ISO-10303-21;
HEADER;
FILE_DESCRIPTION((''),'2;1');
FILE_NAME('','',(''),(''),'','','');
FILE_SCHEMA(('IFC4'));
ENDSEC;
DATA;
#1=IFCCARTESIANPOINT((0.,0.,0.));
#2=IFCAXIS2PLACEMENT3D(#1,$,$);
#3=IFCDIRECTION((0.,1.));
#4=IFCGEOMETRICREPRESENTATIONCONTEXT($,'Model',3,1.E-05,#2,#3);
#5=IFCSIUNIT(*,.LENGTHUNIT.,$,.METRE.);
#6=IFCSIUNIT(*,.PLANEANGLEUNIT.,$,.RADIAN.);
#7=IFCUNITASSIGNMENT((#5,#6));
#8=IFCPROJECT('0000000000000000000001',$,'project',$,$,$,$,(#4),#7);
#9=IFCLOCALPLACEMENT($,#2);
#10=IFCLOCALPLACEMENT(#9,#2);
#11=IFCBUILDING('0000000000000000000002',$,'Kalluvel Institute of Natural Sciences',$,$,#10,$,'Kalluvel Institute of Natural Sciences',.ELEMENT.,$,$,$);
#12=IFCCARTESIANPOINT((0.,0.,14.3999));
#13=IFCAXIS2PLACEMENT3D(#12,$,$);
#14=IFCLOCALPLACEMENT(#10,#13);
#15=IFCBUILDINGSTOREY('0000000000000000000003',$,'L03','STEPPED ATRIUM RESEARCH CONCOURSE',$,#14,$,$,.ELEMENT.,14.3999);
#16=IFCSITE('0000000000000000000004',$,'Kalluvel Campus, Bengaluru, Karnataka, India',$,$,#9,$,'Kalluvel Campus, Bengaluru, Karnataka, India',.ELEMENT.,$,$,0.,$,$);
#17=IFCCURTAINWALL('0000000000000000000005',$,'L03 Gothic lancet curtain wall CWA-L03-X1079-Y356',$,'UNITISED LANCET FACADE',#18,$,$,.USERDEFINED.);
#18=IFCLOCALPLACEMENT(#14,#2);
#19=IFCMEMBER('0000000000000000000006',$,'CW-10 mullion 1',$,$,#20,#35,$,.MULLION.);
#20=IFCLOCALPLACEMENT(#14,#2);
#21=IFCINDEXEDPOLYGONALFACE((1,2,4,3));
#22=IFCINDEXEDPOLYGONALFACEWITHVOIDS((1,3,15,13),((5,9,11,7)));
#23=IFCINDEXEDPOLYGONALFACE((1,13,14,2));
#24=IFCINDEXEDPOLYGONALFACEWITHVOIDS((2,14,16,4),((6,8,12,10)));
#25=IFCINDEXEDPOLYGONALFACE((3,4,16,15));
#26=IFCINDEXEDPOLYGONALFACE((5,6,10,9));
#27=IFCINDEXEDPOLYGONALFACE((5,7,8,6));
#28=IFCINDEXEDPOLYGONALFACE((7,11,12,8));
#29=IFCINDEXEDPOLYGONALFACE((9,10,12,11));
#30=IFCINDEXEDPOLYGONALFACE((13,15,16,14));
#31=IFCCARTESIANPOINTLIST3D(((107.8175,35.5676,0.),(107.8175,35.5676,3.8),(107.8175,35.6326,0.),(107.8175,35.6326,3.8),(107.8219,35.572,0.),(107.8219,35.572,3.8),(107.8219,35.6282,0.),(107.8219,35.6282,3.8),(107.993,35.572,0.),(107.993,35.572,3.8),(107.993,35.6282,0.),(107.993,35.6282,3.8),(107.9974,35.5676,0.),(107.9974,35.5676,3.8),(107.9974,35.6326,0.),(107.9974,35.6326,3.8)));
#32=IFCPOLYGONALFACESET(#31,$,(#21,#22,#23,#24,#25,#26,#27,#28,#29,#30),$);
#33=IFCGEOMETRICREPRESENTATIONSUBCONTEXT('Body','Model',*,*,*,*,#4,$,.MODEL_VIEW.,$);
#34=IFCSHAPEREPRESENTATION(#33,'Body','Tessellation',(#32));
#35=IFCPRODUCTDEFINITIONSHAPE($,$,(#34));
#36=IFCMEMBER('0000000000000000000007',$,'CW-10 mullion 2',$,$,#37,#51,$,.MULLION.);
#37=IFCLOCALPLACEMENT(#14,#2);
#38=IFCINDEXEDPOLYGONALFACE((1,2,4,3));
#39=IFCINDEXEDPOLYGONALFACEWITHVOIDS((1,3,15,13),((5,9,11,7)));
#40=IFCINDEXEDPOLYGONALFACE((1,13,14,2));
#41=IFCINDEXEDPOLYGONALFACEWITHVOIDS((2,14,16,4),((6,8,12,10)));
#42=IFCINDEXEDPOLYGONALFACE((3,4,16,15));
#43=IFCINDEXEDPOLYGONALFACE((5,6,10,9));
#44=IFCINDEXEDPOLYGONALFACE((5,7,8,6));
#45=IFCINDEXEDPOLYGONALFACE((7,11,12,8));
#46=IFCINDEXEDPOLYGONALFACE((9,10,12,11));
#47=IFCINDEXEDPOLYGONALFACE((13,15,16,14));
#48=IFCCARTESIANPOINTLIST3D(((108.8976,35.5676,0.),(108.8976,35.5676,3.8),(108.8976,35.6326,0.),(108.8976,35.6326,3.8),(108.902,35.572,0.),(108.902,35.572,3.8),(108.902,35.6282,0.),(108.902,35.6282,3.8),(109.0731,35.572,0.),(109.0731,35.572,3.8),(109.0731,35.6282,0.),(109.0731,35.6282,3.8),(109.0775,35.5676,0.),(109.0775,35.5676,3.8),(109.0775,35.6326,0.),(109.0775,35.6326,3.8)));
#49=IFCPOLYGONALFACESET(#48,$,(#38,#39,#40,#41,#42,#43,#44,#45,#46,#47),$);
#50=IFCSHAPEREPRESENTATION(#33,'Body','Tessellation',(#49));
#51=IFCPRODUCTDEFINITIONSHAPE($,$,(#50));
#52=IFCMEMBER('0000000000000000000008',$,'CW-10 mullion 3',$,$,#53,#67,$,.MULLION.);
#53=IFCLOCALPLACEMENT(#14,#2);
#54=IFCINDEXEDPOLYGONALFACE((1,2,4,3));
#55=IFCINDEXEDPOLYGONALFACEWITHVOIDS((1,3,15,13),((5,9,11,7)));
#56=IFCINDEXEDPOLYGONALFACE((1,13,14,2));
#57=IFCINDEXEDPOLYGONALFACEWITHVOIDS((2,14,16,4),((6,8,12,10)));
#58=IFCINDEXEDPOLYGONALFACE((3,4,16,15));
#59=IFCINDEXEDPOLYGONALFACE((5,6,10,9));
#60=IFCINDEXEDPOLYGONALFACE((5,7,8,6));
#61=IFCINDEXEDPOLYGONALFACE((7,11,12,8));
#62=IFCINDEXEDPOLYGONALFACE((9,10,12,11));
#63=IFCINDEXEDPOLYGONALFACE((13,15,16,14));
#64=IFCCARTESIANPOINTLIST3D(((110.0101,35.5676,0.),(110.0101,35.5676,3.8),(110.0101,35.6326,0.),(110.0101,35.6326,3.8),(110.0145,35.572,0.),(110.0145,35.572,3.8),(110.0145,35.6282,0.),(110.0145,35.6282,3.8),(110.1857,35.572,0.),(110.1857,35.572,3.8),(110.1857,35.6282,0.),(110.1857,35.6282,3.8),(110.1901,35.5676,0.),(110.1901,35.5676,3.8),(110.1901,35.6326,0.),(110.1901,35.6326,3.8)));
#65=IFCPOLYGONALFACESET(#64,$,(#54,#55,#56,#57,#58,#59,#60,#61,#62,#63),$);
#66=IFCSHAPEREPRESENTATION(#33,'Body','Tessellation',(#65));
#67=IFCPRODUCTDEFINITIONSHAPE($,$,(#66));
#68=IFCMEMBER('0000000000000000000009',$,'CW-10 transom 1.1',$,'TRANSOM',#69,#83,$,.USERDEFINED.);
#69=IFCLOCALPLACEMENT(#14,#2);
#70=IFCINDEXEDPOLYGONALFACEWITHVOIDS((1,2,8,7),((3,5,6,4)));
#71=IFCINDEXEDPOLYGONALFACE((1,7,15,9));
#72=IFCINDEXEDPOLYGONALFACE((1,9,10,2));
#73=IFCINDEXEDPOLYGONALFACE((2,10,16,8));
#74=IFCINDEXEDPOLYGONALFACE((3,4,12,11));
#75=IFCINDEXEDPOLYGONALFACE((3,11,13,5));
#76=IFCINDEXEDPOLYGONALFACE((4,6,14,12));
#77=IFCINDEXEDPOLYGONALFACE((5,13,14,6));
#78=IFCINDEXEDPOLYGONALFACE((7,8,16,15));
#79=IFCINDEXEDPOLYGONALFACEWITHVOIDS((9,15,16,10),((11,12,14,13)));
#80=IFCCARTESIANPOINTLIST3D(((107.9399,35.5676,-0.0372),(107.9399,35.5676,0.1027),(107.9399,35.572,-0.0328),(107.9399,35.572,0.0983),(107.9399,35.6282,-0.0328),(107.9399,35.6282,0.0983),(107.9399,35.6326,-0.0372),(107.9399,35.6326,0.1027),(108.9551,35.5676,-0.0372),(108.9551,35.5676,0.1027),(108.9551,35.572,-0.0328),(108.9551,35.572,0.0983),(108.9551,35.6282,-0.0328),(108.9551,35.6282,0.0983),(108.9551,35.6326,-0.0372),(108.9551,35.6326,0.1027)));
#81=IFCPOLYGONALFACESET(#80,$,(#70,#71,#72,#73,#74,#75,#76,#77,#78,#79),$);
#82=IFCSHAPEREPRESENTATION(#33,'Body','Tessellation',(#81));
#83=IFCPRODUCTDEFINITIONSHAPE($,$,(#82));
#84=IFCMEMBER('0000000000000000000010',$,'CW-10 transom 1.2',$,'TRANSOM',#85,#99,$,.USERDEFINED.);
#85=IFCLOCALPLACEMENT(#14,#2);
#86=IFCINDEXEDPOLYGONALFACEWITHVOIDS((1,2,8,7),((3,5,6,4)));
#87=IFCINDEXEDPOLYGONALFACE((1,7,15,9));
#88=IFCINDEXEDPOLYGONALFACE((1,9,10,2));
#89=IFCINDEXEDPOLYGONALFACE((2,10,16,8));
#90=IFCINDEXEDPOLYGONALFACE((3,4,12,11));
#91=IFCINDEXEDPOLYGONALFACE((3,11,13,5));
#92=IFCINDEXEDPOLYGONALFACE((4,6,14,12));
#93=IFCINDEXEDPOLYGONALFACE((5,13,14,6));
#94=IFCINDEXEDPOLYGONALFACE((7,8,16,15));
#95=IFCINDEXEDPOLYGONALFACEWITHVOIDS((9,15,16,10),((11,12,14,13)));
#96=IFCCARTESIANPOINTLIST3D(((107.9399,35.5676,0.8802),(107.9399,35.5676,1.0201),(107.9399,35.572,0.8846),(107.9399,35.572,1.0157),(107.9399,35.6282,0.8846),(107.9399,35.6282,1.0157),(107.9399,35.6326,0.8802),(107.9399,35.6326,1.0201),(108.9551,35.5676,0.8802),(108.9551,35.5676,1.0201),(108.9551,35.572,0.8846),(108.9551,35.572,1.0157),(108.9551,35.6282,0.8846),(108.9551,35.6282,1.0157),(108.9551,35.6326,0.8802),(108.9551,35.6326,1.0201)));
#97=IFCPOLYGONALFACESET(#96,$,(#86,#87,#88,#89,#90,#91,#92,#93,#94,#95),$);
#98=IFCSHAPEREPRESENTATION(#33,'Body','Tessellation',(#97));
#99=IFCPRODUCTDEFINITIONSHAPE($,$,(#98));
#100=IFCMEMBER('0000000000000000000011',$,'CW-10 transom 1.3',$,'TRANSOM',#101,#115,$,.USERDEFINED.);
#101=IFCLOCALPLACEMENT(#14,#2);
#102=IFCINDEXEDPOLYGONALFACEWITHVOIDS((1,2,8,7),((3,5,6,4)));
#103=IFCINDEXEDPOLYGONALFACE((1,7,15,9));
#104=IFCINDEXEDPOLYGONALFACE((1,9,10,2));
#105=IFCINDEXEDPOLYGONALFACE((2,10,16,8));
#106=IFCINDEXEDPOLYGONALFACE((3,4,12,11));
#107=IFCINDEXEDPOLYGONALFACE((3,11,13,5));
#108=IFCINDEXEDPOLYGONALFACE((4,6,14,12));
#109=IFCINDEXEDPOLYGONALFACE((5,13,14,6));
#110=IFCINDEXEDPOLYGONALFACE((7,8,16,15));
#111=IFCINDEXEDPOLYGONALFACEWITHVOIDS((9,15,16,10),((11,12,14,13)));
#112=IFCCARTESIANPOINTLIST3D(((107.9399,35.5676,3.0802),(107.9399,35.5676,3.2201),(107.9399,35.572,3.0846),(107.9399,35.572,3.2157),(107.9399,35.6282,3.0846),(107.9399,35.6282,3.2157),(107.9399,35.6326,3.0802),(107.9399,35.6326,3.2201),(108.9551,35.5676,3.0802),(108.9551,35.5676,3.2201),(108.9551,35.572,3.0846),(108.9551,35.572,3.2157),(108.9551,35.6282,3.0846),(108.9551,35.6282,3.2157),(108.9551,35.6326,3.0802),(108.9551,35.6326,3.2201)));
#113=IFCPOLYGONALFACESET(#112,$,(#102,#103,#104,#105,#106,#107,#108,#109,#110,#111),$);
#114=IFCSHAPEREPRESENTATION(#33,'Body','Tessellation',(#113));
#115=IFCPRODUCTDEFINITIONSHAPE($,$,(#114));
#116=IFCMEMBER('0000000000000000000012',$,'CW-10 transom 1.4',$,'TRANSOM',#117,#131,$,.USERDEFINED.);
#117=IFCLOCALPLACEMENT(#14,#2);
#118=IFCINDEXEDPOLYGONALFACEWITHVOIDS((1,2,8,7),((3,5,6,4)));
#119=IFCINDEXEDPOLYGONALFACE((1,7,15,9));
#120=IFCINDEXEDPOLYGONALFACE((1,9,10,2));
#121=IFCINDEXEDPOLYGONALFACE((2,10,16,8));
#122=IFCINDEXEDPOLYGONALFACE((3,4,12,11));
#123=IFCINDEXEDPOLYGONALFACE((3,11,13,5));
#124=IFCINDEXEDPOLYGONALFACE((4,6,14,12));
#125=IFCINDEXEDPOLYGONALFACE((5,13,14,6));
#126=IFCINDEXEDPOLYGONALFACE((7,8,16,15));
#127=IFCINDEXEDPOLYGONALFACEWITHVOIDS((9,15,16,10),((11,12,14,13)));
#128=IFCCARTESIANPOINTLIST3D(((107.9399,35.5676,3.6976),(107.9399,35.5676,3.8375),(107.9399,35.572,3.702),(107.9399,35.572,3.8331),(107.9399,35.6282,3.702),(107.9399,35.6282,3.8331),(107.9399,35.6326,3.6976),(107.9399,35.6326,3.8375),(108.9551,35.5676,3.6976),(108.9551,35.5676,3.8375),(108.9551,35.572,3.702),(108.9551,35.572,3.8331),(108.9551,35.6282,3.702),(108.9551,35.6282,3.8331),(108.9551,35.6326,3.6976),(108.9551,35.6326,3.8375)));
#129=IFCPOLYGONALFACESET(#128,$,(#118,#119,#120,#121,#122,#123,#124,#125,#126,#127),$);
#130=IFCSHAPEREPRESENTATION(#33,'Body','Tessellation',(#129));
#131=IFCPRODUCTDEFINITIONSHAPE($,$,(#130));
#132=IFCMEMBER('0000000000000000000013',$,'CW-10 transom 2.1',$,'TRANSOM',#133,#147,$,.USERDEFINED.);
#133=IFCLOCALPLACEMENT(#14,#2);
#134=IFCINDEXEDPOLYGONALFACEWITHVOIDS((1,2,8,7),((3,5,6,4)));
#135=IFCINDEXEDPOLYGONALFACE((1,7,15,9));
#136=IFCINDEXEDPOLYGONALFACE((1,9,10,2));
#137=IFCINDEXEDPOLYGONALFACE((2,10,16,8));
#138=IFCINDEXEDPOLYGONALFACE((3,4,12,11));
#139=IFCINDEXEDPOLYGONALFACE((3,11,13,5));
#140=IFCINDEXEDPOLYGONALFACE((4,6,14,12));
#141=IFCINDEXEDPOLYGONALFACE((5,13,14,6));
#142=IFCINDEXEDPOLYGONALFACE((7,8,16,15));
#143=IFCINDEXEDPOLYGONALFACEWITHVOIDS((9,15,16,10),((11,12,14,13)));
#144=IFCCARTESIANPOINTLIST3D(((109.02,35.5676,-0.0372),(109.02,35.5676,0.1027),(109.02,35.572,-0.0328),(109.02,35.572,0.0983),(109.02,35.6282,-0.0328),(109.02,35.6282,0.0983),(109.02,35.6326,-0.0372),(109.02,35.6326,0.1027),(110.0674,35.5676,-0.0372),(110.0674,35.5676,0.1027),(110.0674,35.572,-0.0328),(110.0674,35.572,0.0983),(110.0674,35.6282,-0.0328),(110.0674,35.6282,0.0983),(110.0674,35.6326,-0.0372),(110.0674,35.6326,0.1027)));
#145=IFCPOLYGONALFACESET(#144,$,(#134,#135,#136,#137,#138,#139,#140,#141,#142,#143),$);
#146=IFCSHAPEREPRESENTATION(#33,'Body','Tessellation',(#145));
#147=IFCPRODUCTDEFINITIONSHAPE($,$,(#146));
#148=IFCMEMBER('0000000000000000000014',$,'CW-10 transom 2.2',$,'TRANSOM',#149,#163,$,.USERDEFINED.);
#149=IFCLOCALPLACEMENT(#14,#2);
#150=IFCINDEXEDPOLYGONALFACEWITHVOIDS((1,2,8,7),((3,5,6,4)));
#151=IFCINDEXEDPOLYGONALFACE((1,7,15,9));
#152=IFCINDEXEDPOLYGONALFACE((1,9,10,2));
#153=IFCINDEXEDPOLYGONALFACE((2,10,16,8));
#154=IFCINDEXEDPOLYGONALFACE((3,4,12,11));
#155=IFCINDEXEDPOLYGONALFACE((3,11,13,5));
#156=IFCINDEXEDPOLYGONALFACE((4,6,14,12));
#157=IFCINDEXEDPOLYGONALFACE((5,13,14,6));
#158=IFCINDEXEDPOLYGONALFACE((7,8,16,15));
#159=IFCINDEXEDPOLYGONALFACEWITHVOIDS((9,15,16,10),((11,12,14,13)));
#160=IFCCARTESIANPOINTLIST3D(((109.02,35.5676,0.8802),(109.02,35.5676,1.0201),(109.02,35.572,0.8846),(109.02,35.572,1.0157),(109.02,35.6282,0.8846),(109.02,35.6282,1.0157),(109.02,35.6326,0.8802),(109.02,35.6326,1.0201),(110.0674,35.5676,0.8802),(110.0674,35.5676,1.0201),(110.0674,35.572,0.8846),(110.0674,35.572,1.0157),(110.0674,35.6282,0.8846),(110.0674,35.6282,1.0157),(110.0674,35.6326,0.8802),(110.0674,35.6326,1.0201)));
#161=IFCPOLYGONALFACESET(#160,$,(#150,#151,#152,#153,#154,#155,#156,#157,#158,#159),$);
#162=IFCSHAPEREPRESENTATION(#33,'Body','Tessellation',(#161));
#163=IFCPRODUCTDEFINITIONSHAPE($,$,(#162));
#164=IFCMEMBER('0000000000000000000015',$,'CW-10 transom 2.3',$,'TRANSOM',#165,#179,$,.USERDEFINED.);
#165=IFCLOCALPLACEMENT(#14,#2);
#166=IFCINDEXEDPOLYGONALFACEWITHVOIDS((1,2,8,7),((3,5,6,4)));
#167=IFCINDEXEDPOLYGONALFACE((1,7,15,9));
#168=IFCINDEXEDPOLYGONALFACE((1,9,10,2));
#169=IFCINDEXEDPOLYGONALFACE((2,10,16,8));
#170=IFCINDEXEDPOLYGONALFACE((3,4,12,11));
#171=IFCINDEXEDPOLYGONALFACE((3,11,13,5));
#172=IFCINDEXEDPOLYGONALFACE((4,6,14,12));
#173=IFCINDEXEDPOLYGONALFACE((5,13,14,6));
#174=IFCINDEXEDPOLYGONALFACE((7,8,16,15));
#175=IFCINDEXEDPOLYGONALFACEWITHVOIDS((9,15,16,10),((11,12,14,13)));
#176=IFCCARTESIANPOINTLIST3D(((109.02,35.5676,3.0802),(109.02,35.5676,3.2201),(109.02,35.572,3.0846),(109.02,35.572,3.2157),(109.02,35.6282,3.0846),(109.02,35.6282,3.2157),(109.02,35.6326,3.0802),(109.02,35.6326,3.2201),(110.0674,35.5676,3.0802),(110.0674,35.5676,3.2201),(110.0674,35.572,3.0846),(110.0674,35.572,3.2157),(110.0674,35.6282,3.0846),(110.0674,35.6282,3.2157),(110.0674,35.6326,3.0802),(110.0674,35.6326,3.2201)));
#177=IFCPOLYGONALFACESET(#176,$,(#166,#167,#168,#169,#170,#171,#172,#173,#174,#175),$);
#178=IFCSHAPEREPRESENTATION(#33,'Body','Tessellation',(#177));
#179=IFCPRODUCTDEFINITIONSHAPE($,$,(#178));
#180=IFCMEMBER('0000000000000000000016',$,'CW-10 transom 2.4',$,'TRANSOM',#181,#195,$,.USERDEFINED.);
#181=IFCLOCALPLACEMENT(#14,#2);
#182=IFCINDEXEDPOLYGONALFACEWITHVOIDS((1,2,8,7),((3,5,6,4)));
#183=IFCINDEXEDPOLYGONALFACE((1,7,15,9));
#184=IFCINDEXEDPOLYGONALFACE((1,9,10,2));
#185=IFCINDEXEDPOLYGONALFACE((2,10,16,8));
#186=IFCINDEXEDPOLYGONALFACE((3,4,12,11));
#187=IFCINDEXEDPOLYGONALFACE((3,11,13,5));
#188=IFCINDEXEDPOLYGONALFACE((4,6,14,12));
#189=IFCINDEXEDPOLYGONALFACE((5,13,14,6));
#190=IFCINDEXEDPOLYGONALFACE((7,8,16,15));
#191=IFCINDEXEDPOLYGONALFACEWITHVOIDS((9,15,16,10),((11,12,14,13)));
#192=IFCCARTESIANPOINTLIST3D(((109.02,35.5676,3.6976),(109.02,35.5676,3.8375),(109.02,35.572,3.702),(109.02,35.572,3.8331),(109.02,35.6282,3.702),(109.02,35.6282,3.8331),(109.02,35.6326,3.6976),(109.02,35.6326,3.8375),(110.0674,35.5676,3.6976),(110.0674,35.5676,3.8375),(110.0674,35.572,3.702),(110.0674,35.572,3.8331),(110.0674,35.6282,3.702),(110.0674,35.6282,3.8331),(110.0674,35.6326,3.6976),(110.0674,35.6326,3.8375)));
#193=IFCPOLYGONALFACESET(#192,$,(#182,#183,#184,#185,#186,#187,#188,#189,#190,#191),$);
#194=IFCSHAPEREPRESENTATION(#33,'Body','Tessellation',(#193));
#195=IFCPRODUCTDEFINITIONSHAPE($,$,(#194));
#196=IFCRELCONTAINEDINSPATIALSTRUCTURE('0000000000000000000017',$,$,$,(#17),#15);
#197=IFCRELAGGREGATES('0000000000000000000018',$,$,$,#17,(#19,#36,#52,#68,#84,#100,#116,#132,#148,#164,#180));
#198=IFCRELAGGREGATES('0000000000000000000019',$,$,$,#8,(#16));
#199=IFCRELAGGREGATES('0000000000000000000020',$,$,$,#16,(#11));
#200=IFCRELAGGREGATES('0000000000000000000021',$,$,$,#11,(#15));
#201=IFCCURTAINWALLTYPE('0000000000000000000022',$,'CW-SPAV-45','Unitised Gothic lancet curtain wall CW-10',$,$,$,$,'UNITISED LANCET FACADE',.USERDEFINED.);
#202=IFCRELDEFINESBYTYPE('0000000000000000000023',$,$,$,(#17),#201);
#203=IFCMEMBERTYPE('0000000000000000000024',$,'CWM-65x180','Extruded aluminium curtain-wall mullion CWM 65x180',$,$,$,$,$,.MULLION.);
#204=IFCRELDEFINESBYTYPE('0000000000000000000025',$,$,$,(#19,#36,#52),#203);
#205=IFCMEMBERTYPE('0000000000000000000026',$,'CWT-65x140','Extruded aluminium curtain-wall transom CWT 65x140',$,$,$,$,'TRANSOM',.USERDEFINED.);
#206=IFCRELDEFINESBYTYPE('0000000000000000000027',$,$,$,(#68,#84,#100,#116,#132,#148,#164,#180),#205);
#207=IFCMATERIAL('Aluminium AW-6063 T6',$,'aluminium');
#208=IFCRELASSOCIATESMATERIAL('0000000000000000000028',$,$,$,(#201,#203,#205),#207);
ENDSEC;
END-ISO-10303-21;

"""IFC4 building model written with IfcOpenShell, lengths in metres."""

from ifc_helpers import new_model, si_unit, direction, frame, origin, origin_2d, place, context, subcontext, project, spatial, hollow_rectangle, extrude, material, material_profile, profile_set, type_object, element, aggregate, save


model = new_model("IFC4")

# Units and contexts
model_context = context("Model", 3, precision=1e-05, world=origin(), true_north=direction((0.0, 1.0)))
body_context = subcontext(model_context, "Body", "Model", "MODEL_VIEW")
ifc_project = project(units=[si_unit("LENGTHUNIT", "METRE"), si_unit("PLANEANGLEUNIT", "RADIAN")], contexts=[model_context])

# Site, building, storey
site_placement = place(None, origin())
site = spatial("IfcSite", under=ifc_project, at=site_placement, Name="Kalluvel Campus, Bengaluru, Karnataka, India", LongName="Kalluvel Campus, Bengaluru, Karnataka, India", CompositionType="ELEMENT", RefElevation=0.0)
building_placement = place(site_placement, origin())
building = spatial("IfcBuilding", under=site, at=building_placement, Name="Kalluvel Institute of Natural Sciences", LongName="Kalluvel Institute of Natural Sciences", CompositionType="ELEMENT")
storey_placement = place(building_placement, frame((0.0, 0.0, 14.3999)))
storey = spatial("IfcBuildingStorey", under=building, at=storey_placement, Name="L03", Description="STEPPED ATRIUM RESEARCH CONCOURSE", CompositionType="ELEMENT", Elevation=14.3999)

# Curtain wall, members
ifc_material_1 = material(Name="Aluminium AW-6063 T6", Category="aluminium")
curtain_wall_type = type_object("IfcCurtainWallType", Name="CW-SPAV-45", Description="Unitised Gothic lancet curtain wall CW-10", ElementType="UNITISED LANCET FACADE", PredefinedType="USERDEFINED", material=ifc_material_1)
curtain_wall_placement = place(storey_placement, origin())
curtain_wall = element("IfcCurtainWall", 1, at=curtain_wall_placement, inside=storey, type_object=curtain_wall_type, Name="L03 Gothic lancet curtain wall CWA-L03-X1079-Y356", ObjectType="UNITISED LANCET FACADE", PredefinedType="USERDEFINED")
ifc_material_profile_1 = material_profile(ifc_material_1, hollow_rectangle(XDim=0.0649, YDim=0.1799, WallThickness=0.0044, at=origin_2d()), Name="CWM 65x180")
ifc_profile_set_1 = profile_set([ifc_material_profile_1], Name="Aluminium AW-6063 T6")
member_type_1 = type_object("IfcMemberType", Name="CWM-65x180", Description="Extruded aluminium curtain-wall mullion CWM 65x180", PredefinedType="MULLION", material=ifc_profile_set_1)
member_1_placement = place(storey_placement, frame((107.9075, 35.6001, 0.0), z_axis=(0.0, 0.0, 1.0), x_axis=(0.0, 1.0, 0.0)))
member_1 = element("IfcMember", 2, at=member_1_placement, type_object=member_type_1, Name="CW-10 mullion 1", PredefinedType="MULLION", context=body_context, shape_type="SweptSolid", body=[
    extrude(hollow_rectangle(XDim=0.0649, YDim=0.1799, WallThickness=0.0044, at=origin_2d()), origin(), (0.0, 0.0, 1.0), 3.8),
])
member_2_placement = place(storey_placement, frame((108.9875, 35.6001, 0.0), z_axis=(0.0, 0.0, 1.0), x_axis=(0.0, 1.0, 0.0)))
member_2 = element("IfcMember", 3, at=member_2_placement, type_object=member_type_1, Name="CW-10 mullion 2", PredefinedType="MULLION", context=body_context, shape_type="SweptSolid", body=[
    extrude(hollow_rectangle(XDim=0.0649, YDim=0.1799, WallThickness=0.0044, at=origin_2d()), origin(), (0.0, 0.0, 1.0), 3.8),
])
member_3_placement = place(storey_placement, frame((110.1001, 35.6001, 0.0), z_axis=(0.0, 0.0, 1.0), x_axis=(0.0, 1.0, 0.0)))
member_3 = element("IfcMember", 4, at=member_3_placement, type_object=member_type_1, Name="CW-10 mullion 3", PredefinedType="MULLION", context=body_context, shape_type="SweptSolid", body=[
    extrude(hollow_rectangle(XDim=0.0649, YDim=0.1799, WallThickness=0.0044, at=origin_2d()), origin(), (0.0, 0.0, 1.0), 3.8),
])
ifc_material_profile_2 = material_profile(ifc_material_1, hollow_rectangle(XDim=0.0649, YDim=0.1399, WallThickness=0.0044, at=origin_2d()), Name="CWT 65x140")
ifc_profile_set_2 = profile_set([ifc_material_profile_2], Name="Aluminium AW-6063 T6")
member_type_2 = type_object("IfcMemberType", Name="CWT-65x140", Description="Extruded aluminium curtain-wall transom CWT 65x140", ElementType="TRANSOM", PredefinedType="USERDEFINED", material=ifc_profile_set_2)
member_4_placement = place(storey_placement, frame((107.9399, 35.6001, 0.0327), z_axis=(1.0, 0.0, 0.0), x_axis=(0.0, 1.0, 0.0)))
member_4 = element("IfcMember", 5, at=member_4_placement, type_object=member_type_2, Name="CW-10 transom 1.1", ObjectType="TRANSOM", PredefinedType="USERDEFINED", context=body_context, shape_type="SweptSolid", body=[
    extrude(hollow_rectangle(XDim=0.0649, YDim=0.1399, WallThickness=0.0044, at=origin_2d()), origin(), (0.0, 0.0, 1.0), 1.0151),
])
member_5_placement = place(storey_placement, frame((107.9399, 35.6001, 0.9502), z_axis=(1.0, 0.0, 0.0), x_axis=(0.0, 1.0, 0.0)))
member_5 = element("IfcMember", 6, at=member_5_placement, type_object=member_type_2, Name="CW-10 transom 1.2", ObjectType="TRANSOM", PredefinedType="USERDEFINED", context=body_context, shape_type="SweptSolid", body=[
    extrude(hollow_rectangle(XDim=0.0649, YDim=0.1399, WallThickness=0.0044, at=origin_2d()), origin(), (0.0, 0.0, 1.0), 1.0151),
])
member_6_placement = place(storey_placement, frame((107.9399, 35.6001, 3.1501), z_axis=(1.0, 0.0, 0.0), x_axis=(0.0, 1.0, 0.0)))
member_6 = element("IfcMember", 7, at=member_6_placement, type_object=member_type_2, Name="CW-10 transom 1.3", ObjectType="TRANSOM", PredefinedType="USERDEFINED", context=body_context, shape_type="SweptSolid", body=[
    extrude(hollow_rectangle(XDim=0.0649, YDim=0.1399, WallThickness=0.0044, at=origin_2d()), origin(), (0.0, 0.0, 1.0), 1.0151),
])
member_7_placement = place(storey_placement, frame((107.9399, 35.6001, 3.7676), z_axis=(1.0, 0.0, 0.0), x_axis=(0.0, 1.0, 0.0)))
member_7 = element("IfcMember", 8, at=member_7_placement, type_object=member_type_2, Name="CW-10 transom 1.4", ObjectType="TRANSOM", PredefinedType="USERDEFINED", context=body_context, shape_type="SweptSolid", body=[
    extrude(hollow_rectangle(XDim=0.0649, YDim=0.1399, WallThickness=0.0044, at=origin_2d()), origin(), (0.0, 0.0, 1.0), 1.0151),
])
member_8_placement = place(storey_placement, frame((109.02, 35.6001, 0.0327), z_axis=(1.0, 0.0, 0.0), x_axis=(0.0, 1.0, 0.0)))
member_8 = element("IfcMember", 9, at=member_8_placement, type_object=member_type_2, Name="CW-10 transom 2.1", ObjectType="TRANSOM", PredefinedType="USERDEFINED", context=body_context, shape_type="SweptSolid", body=[
    extrude(hollow_rectangle(XDim=0.0649, YDim=0.1399, WallThickness=0.0044, at=origin_2d()), origin(), (0.0, 0.0, 1.0), 1.0474),
])
member_9_placement = place(storey_placement, frame((109.02, 35.6001, 0.9502), z_axis=(1.0, 0.0, 0.0), x_axis=(0.0, 1.0, 0.0)))
member_9 = element("IfcMember", 10, at=member_9_placement, type_object=member_type_2, Name="CW-10 transom 2.2", ObjectType="TRANSOM", PredefinedType="USERDEFINED", context=body_context, shape_type="SweptSolid", body=[
    extrude(hollow_rectangle(XDim=0.0649, YDim=0.1399, WallThickness=0.0044, at=origin_2d()), origin(), (0.0, 0.0, 1.0), 1.0474),
])
member_10_placement = place(storey_placement, frame((109.02, 35.6001, 3.1501), z_axis=(1.0, 0.0, 0.0), x_axis=(0.0, 1.0, 0.0)))
member_10 = element("IfcMember", 11, at=member_10_placement, type_object=member_type_2, Name="CW-10 transom 2.3", ObjectType="TRANSOM", PredefinedType="USERDEFINED", context=body_context, shape_type="SweptSolid", body=[
    extrude(hollow_rectangle(XDim=0.0649, YDim=0.1399, WallThickness=0.0044, at=origin_2d()), origin(), (0.0, 0.0, 1.0), 1.0474),
])
member_11_placement = place(storey_placement, frame((109.02, 35.6001, 3.7676), z_axis=(1.0, 0.0, 0.0), x_axis=(0.0, 1.0, 0.0)))
member_11 = element("IfcMember", 12, at=member_11_placement, type_object=member_type_2, Name="CW-10 transom 2.4", ObjectType="TRANSOM", PredefinedType="USERDEFINED", context=body_context, shape_type="SweptSolid", body=[
    extrude(hollow_rectangle(XDim=0.0649, YDim=0.1399, WallThickness=0.0044, at=origin_2d()), origin(), (0.0, 0.0, 1.0), 1.0474),
])

aggregate(curtain_wall, [member_1, member_2, member_3, member_4, member_5, member_6, member_7, member_8, member_9, member_10, member_11])

save(model, "model.ifc")
